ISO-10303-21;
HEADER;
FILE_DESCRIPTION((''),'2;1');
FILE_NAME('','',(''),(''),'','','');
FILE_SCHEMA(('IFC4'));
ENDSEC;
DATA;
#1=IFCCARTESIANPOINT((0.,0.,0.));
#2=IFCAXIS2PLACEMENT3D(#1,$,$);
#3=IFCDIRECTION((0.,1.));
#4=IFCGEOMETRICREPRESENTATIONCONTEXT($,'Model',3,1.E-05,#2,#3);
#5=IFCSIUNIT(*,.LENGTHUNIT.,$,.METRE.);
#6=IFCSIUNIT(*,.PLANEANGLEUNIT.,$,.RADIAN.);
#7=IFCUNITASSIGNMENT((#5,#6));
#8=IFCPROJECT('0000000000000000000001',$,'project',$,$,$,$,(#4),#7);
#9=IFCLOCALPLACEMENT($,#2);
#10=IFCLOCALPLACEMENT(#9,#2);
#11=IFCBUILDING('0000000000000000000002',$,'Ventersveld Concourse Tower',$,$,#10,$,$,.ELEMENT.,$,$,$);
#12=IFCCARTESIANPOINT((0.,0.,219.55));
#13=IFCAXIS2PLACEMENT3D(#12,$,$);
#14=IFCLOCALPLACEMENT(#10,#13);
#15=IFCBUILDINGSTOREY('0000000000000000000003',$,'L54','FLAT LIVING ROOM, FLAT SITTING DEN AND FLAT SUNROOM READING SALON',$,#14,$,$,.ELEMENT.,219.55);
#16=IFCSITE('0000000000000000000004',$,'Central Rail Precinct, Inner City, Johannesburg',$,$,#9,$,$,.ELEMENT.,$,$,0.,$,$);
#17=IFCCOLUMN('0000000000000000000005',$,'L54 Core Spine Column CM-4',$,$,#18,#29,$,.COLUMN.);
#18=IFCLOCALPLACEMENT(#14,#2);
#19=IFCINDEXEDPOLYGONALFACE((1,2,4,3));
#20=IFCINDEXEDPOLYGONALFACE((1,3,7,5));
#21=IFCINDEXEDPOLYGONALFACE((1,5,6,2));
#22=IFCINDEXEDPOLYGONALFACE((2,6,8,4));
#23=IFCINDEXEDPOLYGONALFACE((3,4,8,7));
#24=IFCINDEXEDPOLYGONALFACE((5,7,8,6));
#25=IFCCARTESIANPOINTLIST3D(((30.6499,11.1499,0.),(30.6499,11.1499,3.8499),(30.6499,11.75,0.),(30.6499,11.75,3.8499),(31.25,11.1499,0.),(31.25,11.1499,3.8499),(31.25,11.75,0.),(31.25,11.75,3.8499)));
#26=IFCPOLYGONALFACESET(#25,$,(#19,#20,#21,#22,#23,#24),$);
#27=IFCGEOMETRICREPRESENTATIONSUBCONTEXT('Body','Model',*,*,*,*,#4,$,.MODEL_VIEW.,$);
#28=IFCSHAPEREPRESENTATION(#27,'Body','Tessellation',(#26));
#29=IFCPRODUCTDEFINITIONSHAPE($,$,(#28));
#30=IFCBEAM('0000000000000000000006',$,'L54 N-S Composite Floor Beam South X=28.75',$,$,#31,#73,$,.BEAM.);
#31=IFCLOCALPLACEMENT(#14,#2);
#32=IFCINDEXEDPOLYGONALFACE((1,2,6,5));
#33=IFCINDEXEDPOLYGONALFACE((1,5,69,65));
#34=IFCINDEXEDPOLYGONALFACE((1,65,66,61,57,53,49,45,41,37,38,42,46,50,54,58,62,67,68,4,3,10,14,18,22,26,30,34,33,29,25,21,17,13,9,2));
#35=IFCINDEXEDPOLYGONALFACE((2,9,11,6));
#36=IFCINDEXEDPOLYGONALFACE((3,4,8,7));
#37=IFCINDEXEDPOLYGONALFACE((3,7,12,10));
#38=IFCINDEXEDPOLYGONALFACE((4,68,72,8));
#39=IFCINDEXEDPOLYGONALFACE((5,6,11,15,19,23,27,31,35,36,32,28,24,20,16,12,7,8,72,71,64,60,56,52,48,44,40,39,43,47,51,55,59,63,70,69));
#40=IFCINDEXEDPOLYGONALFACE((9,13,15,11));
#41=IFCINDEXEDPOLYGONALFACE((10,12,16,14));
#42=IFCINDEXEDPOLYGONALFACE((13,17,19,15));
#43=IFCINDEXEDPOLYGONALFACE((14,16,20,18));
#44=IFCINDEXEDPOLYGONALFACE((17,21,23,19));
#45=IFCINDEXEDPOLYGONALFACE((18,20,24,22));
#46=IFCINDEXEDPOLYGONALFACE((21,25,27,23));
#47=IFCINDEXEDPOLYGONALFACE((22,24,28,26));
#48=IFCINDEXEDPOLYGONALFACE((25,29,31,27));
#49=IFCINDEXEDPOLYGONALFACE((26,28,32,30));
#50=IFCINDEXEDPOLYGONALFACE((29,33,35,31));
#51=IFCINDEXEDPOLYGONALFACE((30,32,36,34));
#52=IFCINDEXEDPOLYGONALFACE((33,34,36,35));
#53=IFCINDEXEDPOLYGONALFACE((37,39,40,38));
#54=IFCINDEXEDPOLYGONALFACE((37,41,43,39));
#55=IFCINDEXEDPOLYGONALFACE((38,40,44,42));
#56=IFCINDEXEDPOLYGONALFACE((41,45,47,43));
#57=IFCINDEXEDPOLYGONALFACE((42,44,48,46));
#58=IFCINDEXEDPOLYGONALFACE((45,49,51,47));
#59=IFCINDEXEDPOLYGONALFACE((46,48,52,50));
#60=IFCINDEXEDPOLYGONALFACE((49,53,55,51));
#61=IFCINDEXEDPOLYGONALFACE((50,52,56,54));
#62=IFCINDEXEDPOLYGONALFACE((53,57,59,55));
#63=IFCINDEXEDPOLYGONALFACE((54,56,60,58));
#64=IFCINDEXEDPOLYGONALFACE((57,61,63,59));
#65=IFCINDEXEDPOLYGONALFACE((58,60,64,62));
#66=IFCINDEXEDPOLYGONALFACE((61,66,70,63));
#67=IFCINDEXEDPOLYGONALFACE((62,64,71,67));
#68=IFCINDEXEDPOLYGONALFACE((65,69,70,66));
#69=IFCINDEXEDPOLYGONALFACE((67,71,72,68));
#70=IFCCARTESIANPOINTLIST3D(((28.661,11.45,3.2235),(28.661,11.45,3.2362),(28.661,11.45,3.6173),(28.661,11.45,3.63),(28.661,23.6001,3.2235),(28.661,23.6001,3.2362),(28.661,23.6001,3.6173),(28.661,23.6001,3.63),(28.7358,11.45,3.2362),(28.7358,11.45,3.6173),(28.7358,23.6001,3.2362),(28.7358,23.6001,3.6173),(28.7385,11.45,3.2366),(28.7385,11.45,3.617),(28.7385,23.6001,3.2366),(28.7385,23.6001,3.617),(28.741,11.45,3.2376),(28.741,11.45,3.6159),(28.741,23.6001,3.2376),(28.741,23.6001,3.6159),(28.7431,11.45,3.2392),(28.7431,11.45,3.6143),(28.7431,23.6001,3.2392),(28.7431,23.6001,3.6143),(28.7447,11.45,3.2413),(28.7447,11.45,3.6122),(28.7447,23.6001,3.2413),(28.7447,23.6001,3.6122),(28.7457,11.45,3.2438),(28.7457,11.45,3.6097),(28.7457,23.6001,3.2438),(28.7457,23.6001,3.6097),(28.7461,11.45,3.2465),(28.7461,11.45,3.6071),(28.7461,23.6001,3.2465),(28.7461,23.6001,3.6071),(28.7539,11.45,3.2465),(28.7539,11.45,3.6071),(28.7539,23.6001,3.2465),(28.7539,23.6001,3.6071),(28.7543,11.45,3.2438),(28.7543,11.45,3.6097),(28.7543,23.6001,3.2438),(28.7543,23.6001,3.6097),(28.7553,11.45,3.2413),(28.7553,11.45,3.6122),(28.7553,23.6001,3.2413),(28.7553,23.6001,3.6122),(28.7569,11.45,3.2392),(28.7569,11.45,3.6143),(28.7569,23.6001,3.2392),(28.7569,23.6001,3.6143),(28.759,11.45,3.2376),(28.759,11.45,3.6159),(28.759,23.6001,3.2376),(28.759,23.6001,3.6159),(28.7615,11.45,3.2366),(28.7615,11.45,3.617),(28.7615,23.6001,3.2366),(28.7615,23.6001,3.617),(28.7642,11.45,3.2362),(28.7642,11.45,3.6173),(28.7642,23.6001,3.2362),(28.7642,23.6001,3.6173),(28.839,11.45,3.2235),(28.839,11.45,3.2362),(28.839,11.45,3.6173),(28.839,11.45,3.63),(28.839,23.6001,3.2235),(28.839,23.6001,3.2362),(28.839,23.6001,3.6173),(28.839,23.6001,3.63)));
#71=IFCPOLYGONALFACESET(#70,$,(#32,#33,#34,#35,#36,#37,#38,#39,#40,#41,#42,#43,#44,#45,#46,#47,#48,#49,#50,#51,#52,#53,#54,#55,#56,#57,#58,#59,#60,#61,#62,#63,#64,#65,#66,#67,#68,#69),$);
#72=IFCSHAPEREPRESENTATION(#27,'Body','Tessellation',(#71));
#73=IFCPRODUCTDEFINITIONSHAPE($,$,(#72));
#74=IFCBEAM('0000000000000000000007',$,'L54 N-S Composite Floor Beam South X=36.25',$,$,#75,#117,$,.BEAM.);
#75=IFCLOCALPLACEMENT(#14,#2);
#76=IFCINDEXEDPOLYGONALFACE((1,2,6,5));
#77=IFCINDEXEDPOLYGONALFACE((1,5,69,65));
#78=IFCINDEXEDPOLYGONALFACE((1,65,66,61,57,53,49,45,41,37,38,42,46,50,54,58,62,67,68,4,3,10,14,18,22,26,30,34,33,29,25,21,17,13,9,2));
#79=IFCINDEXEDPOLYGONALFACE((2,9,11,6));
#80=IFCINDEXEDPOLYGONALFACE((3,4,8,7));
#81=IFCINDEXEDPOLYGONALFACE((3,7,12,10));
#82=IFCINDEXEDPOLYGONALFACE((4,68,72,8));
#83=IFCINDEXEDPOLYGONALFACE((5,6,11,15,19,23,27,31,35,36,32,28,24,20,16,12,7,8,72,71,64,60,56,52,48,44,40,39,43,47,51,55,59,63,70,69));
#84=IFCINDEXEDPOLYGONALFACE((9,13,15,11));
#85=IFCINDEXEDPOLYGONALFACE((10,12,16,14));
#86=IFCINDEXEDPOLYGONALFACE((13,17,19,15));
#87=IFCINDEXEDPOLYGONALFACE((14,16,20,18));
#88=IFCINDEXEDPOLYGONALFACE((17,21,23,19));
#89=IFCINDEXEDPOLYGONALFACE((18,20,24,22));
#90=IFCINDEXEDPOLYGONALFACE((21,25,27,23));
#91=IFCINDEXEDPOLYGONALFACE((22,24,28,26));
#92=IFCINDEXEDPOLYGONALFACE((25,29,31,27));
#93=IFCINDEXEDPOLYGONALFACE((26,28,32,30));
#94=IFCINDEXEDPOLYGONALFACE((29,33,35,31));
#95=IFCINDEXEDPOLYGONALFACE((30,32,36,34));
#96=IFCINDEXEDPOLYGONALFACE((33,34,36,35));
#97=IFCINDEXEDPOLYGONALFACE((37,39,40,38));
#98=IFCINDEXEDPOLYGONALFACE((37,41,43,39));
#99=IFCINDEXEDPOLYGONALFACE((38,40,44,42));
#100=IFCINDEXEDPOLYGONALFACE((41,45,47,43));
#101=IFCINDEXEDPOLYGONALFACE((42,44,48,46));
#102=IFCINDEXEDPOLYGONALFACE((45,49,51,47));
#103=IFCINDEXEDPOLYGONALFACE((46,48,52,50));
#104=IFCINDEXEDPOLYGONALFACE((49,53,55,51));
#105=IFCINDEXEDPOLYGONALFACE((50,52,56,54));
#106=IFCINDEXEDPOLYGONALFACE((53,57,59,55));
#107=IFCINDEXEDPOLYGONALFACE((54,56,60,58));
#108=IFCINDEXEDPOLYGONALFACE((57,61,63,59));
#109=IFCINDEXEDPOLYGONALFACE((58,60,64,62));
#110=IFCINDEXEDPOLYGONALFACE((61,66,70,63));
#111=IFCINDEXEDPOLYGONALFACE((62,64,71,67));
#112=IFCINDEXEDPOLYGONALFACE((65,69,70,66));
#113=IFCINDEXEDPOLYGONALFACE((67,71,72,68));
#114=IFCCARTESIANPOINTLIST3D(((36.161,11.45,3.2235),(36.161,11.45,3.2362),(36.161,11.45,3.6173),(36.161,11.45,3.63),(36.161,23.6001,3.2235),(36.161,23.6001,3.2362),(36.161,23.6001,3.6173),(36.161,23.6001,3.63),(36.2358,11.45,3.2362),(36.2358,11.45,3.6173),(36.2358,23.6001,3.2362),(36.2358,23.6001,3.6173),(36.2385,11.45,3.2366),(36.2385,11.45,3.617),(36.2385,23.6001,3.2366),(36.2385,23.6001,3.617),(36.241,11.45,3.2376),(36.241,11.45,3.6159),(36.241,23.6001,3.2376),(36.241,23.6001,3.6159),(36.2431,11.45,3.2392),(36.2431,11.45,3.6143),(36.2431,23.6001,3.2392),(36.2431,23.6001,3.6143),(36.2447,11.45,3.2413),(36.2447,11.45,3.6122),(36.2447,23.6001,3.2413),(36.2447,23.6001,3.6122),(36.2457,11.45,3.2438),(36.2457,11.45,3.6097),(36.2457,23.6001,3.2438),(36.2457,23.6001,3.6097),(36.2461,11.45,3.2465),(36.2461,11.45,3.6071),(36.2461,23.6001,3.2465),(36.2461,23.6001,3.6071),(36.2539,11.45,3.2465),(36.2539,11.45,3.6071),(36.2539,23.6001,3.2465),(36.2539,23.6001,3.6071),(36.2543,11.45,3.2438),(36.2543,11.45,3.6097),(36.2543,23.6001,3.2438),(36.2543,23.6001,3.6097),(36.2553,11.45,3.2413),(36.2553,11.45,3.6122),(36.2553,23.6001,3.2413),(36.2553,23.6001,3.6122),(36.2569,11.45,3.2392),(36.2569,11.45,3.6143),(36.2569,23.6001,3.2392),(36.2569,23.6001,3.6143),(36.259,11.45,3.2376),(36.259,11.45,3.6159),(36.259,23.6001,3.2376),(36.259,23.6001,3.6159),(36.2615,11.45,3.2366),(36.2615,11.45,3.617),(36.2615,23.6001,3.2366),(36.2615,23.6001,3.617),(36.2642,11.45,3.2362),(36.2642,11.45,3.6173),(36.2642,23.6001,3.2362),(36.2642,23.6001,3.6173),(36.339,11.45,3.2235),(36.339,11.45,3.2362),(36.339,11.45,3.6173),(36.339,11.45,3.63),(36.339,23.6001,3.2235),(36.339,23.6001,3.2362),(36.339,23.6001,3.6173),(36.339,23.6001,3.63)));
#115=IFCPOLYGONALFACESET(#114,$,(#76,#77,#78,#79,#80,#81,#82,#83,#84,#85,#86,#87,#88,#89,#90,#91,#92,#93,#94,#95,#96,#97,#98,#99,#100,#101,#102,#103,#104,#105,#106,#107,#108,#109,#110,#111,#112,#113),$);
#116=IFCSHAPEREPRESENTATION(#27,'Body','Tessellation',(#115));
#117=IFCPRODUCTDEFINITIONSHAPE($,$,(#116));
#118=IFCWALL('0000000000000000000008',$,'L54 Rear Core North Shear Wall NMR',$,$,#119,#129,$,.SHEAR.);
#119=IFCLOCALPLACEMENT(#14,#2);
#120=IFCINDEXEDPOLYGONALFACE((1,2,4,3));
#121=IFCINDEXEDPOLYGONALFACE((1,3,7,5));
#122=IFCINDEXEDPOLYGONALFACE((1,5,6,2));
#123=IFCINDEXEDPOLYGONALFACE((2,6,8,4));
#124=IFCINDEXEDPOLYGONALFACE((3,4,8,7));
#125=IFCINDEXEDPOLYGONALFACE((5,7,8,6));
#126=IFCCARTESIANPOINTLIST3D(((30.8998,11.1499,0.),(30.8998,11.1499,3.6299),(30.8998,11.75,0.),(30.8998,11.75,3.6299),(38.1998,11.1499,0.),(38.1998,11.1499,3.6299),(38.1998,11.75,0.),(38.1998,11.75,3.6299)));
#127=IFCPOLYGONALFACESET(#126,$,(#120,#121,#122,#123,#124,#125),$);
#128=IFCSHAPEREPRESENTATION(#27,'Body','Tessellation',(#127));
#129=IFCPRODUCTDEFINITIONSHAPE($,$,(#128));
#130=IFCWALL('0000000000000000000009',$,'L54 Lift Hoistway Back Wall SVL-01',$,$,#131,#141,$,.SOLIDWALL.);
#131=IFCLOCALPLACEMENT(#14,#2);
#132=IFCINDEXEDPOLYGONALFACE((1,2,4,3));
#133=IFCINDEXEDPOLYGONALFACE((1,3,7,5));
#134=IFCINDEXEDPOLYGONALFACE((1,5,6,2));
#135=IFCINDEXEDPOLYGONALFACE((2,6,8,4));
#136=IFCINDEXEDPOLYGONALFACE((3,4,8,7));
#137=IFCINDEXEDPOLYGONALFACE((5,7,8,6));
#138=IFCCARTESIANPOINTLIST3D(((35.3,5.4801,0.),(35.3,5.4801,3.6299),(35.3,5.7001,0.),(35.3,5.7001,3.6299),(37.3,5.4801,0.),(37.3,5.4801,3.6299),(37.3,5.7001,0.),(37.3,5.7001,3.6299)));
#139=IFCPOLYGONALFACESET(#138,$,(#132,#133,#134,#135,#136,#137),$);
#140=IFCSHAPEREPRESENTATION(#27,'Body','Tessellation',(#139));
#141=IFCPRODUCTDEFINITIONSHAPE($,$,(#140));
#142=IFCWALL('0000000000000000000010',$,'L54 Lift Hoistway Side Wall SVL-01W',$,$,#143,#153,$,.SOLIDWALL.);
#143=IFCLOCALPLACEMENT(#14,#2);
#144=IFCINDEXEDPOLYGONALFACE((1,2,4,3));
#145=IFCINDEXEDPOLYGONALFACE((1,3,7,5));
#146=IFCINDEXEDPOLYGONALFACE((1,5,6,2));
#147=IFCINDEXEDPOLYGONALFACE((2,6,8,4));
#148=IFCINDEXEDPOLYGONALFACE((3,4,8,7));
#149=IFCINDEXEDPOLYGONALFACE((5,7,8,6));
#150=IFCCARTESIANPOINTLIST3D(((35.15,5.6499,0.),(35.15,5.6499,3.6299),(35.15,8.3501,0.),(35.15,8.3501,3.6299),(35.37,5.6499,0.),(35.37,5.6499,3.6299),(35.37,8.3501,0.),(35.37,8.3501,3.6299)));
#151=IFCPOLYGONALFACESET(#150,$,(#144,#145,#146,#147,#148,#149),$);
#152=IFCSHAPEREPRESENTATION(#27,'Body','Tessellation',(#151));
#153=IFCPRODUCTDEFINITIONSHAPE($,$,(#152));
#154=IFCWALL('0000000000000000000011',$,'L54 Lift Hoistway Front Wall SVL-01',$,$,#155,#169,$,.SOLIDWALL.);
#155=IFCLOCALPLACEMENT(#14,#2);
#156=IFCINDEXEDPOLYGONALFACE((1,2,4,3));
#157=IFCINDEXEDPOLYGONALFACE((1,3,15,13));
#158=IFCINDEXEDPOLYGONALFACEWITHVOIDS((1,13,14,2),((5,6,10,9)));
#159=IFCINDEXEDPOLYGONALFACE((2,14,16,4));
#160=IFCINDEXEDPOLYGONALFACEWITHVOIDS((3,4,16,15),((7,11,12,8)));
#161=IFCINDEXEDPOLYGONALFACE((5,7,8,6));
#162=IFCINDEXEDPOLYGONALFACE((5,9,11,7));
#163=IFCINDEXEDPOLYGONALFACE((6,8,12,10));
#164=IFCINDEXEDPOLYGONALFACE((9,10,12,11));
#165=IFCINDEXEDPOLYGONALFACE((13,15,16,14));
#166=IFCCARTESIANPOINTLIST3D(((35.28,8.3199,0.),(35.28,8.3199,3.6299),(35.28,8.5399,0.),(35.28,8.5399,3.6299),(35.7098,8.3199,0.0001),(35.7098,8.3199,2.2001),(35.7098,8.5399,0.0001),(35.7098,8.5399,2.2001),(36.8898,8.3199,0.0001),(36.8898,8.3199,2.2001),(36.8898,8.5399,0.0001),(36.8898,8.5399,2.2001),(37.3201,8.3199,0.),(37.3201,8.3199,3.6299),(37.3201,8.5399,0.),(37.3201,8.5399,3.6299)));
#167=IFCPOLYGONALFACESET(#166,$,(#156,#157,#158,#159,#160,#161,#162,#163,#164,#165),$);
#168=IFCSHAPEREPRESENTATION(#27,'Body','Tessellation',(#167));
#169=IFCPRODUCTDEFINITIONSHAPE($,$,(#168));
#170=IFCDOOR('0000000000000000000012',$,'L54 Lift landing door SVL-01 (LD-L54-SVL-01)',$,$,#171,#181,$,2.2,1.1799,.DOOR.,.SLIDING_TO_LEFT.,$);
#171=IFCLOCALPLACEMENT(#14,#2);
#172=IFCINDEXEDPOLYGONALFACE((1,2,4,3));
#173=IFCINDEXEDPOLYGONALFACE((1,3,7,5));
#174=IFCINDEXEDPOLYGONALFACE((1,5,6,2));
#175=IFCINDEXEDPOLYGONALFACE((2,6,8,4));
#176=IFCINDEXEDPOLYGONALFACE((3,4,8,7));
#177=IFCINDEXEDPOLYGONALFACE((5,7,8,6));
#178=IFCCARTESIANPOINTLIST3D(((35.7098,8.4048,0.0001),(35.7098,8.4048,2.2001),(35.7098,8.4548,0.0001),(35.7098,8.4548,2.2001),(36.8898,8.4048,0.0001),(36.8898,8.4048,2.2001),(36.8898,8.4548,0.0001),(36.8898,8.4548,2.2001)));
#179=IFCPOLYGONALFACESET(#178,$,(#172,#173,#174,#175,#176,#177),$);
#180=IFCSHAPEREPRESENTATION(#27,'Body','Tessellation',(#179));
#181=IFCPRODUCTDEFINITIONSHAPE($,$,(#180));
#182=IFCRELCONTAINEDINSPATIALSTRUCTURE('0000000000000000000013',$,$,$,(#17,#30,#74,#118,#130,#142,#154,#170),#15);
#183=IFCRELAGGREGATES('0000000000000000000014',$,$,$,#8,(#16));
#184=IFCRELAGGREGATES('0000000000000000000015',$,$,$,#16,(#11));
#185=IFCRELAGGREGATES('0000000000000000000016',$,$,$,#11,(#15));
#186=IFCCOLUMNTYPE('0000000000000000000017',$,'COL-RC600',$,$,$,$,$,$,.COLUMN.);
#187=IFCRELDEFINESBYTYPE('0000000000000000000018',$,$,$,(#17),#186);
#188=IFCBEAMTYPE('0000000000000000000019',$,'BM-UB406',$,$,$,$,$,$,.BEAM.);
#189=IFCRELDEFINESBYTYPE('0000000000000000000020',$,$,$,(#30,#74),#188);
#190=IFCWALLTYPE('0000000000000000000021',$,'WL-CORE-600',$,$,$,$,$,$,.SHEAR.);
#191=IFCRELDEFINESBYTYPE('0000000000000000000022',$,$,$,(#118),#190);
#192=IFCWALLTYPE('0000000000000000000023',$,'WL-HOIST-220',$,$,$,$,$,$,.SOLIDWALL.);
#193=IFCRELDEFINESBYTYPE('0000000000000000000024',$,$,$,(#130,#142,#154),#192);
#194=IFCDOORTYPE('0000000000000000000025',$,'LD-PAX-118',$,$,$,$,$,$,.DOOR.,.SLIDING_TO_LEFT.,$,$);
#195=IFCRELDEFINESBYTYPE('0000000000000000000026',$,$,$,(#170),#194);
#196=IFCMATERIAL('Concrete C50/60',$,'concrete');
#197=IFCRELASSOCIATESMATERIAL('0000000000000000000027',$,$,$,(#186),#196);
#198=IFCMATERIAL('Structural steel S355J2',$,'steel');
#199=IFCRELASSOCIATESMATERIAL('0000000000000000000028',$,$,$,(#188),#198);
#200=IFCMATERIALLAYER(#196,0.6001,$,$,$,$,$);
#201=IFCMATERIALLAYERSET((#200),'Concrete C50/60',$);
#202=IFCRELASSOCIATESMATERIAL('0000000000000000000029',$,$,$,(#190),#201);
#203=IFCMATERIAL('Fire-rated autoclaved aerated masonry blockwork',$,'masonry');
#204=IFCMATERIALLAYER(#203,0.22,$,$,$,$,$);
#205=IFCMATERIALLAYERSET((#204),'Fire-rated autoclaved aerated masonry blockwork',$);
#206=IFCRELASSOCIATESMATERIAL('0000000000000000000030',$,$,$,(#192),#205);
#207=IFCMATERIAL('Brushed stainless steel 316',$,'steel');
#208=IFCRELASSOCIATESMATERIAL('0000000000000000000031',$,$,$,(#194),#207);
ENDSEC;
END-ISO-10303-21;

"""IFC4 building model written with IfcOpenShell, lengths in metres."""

from ifc_helpers import new_model, si_unit, direction, frame, frame_2d, origin, origin_2d, place, context, subcontext, project, spatial, rectangle, i_section, extrude, material, layer, layer_set, material_profile, profile_set, type_object, element, fill, save


model = new_model("IFC4")

# Units and contexts
model_context = context("Model", 3, precision=1e-05, world=origin(), true_north=direction((0.0, 1.0)))
body_context = subcontext(model_context, "Body", "Model", "MODEL_VIEW")
ifc_project = project(units=[si_unit("LENGTHUNIT", "METRE"), si_unit("PLANEANGLEUNIT", "RADIAN")], contexts=[model_context])

# Site, building, storey
site_placement = place(None, origin())
site = spatial("IfcSite", under=ifc_project, at=site_placement, Name="Central Rail Precinct, Inner City, Johannesburg", CompositionType="ELEMENT", RefElevation=0.0)
building_placement = place(site_placement, origin())
building = spatial("IfcBuilding", under=site, at=building_placement, Name="Ventersveld Concourse Tower", CompositionType="ELEMENT")
storey_placement = place(building_placement, frame((0.0, 0.0, 219.55)))
storey = spatial("IfcBuildingStorey", under=building, at=storey_placement, Name="L54", Description="FLAT LIVING ROOM, FLAT SITTING DEN AND FLAT SUNROOM READING SALON", CompositionType="ELEMENT", Elevation=219.55)

# Column
ifc_material_1 = material(Name="Concrete C50/60", Category="concrete")
ifc_material_profile_1 = material_profile(ifc_material_1, rectangle(XDim=0.6001, YDim=0.6001, at=origin_2d()), Name="RC 600x600")
ifc_profile_set_1 = profile_set([ifc_material_profile_1], Name="Concrete C50/60")
column_type = type_object("IfcColumnType", Name="COL-RC600", PredefinedType="COLUMN", material=ifc_profile_set_1)
column_placement = place(storey_placement, frame((30.95, 11.45, 0.0), z_axis=(0.0, 0.0, 1.0), x_axis=(1.0, 0.0, 0.0)))
element("IfcColumn", 1, at=column_placement, inside=storey, type_object=column_type, Name="L54 Core Spine Column CM-4", PredefinedType="COLUMN", context=body_context, shape_type="SweptSolid", body=[
    extrude(rectangle(XDim=0.6001, YDim=0.6001, at=origin_2d()), origin(), (0.0, 0.0, 1.0), 3.8499),
])

# Beams
ifc_material_2 = material(Name="Structural steel S355J2", Category="steel")
ifc_material_profile_2 = material_profile(ifc_material_2, i_section(OverallWidth=0.178, OverallDepth=0.4065, WebThickness=0.0078, FlangeThickness=0.0127, FilletRadius=0.0103, at=origin_2d()), Name="UB 406x178x60")
ifc_profile_set_2 = profile_set([ifc_material_profile_2], Name="Structural steel S355J2")
beam_type = type_object("IfcBeamType", Name="BM-UB406", PredefinedType="BEAM", material=ifc_profile_set_2)
for number, where, z_axis, x_axis, name in (
    (2, (28.75, 11.45, 3.4268), (0.0, 1.0, 0.0), (-1.0, 0.0, 0.0), "L54 N-S Composite Floor Beam South X=28.75"),
    (3, (36.25, 11.45, 3.4268), (0.0, 1.0, 0.0), (-1.0, 0.0, 0.0), "L54 N-S Composite Floor Beam South X=36.25"),
):
    element("IfcBeam", number, at=place(storey_placement, frame(where, z_axis=z_axis, x_axis=x_axis)), inside=storey, type_object=beam_type, Name=name, PredefinedType="BEAM", context=body_context, shape_type="SweptSolid", body=[
        extrude(i_section(OverallWidth=0.178, OverallDepth=0.4065, WebThickness=0.0078, FlangeThickness=0.0127, FilletRadius=0.0103, at=origin_2d()), origin(), (0.0, 0.0, 1.0), 12.1501),
    ])

# Walls
ifc_layer_1 = layer(ifc_material_1, 0.6001)
ifc_layer_set_1 = layer_set([ifc_layer_1], Name="Concrete C50/60")
wall_type_1 = type_object("IfcWallType", Name="WL-CORE-600", PredefinedType="SHEAR", material=ifc_layer_set_1)
wall_1_placement = place(storey_placement, frame((30.8999, 11.45, 0.0), z_axis=(0.0, 0.0, 1.0), x_axis=(1.0, 0.0, 0.0)))
element("IfcWall", 4, at=wall_1_placement, inside=storey, type_object=wall_type_1, Name="L54 Rear Core North Shear Wall NMR", PredefinedType="SHEAR", context=body_context, shape_type="SweptSolid", body=[
    extrude(rectangle(XDim=7.3, YDim=0.6001, at=frame_2d((3.6499, 0.0))), origin(), (0.0, 0.0, 1.0), 3.6299),
])
ifc_material_3 = material(Name="Fire-rated autoclaved aerated masonry blockwork", Category="masonry")
ifc_layer_2 = layer(ifc_material_3, 0.22)
ifc_layer_set_2 = layer_set([ifc_layer_2], Name="Fire-rated autoclaved aerated masonry blockwork")
wall_type_2 = type_object("IfcWallType", Name="WL-HOIST-220", PredefinedType="SOLIDWALL", material=ifc_layer_set_2)
wall_2_placement = place(storey_placement, frame((35.3, 5.5901, 0.0), z_axis=(0.0, 0.0, 1.0), x_axis=(1.0, 0.0, 0.0)))
element("IfcWall", 5, at=wall_2_placement, inside=storey, type_object=wall_type_2, Name="L54 Lift Hoistway Back Wall SVL-01", PredefinedType="SOLIDWALL", context=body_context, shape_type="SweptSolid", body=[
    extrude(rectangle(XDim=2.0, YDim=0.22, at=frame_2d((1.0, 0.0))), origin(), (0.0, 0.0, 1.0), 3.6299),
])
wall_3_placement = place(storey_placement, frame((35.26, 5.6499, 0.0), z_axis=(0.0, 0.0, 1.0), x_axis=(0.0, 1.0, 0.0)))
element("IfcWall", 6, at=wall_3_placement, inside=storey, type_object=wall_type_2, Name="L54 Lift Hoistway Side Wall SVL-01W", PredefinedType="SOLIDWALL", context=body_context, shape_type="SweptSolid", body=[
    extrude(rectangle(XDim=2.7002, YDim=0.22, at=frame_2d((1.3501, 0.0))), origin(), (0.0, 0.0, 1.0), 3.6299),
])

# Wall, opening, door
wall_4_placement = place(storey_placement, frame((35.28, 8.4299, 0.0), z_axis=(0.0, 0.0, 1.0), x_axis=(1.0, 0.0, 0.0)))
wall_4 = element("IfcWall", 7, at=wall_4_placement, inside=storey, type_object=wall_type_2, Name="L54 Lift Hoistway Front Wall SVL-01", PredefinedType="SOLIDWALL", context=body_context, shape_type="SweptSolid", body=[
    extrude(rectangle(XDim=2.04, YDim=0.22, at=frame_2d((1.02, 0.0))), origin(), (0.0, 0.0, 1.0), 3.6299),
])
opening_1_placement = place(wall_4_placement, frame((0.4299, 0.0, 0.0)))
opening_1 = element("IfcOpeningElement", 8, at=opening_1_placement, cuts=wall_4, PredefinedType="OPENING", context=body_context, shape_type="SweptSolid", body=[
    extrude(rectangle(XDim=1.1799, YDim=2.2, at=frame_2d((0.5898, 1.1001))), frame((0.0, 0.1201, 0.0), z_axis=(0.0, -1.0, 0.0), x_axis=(1.0, 0.0, 0.0)), (0.0, 0.0, 1.0), 0.24),
])
ifc_material_4 = material(Name="Brushed stainless steel 316", Category="steel")
door_type_1 = type_object("IfcDoorType", Name="LD-PAX-118", OperationType="SLIDING_TO_LEFT", PredefinedType="DOOR", material=ifc_material_4)
door_1_placement = place(opening_1_placement, origin())
door_1 = element("IfcDoor", 9, at=door_1_placement, inside=storey, type_object=door_type_1, Name="L54 Lift landing door SVL-01 (LD-L54-SVL-01)", OperationType="SLIDING_TO_LEFT", OverallHeight=2.2, OverallWidth=1.1799, PredefinedType="DOOR", context=body_context, shape_type="SweptSolid", body=[
    extrude(rectangle(XDim=1.1799, YDim=2.2, at=frame_2d((0.5898, 1.1001))), frame((0.0, 0.0249, 0.0), z_axis=(0.0, -1.0, 0.0), x_axis=(1.0, 0.0, 0.0)), (0.0, 0.0, 1.0), 0.05),
])
fill(opening_1, door_1)

save(model, "model.ifc")
